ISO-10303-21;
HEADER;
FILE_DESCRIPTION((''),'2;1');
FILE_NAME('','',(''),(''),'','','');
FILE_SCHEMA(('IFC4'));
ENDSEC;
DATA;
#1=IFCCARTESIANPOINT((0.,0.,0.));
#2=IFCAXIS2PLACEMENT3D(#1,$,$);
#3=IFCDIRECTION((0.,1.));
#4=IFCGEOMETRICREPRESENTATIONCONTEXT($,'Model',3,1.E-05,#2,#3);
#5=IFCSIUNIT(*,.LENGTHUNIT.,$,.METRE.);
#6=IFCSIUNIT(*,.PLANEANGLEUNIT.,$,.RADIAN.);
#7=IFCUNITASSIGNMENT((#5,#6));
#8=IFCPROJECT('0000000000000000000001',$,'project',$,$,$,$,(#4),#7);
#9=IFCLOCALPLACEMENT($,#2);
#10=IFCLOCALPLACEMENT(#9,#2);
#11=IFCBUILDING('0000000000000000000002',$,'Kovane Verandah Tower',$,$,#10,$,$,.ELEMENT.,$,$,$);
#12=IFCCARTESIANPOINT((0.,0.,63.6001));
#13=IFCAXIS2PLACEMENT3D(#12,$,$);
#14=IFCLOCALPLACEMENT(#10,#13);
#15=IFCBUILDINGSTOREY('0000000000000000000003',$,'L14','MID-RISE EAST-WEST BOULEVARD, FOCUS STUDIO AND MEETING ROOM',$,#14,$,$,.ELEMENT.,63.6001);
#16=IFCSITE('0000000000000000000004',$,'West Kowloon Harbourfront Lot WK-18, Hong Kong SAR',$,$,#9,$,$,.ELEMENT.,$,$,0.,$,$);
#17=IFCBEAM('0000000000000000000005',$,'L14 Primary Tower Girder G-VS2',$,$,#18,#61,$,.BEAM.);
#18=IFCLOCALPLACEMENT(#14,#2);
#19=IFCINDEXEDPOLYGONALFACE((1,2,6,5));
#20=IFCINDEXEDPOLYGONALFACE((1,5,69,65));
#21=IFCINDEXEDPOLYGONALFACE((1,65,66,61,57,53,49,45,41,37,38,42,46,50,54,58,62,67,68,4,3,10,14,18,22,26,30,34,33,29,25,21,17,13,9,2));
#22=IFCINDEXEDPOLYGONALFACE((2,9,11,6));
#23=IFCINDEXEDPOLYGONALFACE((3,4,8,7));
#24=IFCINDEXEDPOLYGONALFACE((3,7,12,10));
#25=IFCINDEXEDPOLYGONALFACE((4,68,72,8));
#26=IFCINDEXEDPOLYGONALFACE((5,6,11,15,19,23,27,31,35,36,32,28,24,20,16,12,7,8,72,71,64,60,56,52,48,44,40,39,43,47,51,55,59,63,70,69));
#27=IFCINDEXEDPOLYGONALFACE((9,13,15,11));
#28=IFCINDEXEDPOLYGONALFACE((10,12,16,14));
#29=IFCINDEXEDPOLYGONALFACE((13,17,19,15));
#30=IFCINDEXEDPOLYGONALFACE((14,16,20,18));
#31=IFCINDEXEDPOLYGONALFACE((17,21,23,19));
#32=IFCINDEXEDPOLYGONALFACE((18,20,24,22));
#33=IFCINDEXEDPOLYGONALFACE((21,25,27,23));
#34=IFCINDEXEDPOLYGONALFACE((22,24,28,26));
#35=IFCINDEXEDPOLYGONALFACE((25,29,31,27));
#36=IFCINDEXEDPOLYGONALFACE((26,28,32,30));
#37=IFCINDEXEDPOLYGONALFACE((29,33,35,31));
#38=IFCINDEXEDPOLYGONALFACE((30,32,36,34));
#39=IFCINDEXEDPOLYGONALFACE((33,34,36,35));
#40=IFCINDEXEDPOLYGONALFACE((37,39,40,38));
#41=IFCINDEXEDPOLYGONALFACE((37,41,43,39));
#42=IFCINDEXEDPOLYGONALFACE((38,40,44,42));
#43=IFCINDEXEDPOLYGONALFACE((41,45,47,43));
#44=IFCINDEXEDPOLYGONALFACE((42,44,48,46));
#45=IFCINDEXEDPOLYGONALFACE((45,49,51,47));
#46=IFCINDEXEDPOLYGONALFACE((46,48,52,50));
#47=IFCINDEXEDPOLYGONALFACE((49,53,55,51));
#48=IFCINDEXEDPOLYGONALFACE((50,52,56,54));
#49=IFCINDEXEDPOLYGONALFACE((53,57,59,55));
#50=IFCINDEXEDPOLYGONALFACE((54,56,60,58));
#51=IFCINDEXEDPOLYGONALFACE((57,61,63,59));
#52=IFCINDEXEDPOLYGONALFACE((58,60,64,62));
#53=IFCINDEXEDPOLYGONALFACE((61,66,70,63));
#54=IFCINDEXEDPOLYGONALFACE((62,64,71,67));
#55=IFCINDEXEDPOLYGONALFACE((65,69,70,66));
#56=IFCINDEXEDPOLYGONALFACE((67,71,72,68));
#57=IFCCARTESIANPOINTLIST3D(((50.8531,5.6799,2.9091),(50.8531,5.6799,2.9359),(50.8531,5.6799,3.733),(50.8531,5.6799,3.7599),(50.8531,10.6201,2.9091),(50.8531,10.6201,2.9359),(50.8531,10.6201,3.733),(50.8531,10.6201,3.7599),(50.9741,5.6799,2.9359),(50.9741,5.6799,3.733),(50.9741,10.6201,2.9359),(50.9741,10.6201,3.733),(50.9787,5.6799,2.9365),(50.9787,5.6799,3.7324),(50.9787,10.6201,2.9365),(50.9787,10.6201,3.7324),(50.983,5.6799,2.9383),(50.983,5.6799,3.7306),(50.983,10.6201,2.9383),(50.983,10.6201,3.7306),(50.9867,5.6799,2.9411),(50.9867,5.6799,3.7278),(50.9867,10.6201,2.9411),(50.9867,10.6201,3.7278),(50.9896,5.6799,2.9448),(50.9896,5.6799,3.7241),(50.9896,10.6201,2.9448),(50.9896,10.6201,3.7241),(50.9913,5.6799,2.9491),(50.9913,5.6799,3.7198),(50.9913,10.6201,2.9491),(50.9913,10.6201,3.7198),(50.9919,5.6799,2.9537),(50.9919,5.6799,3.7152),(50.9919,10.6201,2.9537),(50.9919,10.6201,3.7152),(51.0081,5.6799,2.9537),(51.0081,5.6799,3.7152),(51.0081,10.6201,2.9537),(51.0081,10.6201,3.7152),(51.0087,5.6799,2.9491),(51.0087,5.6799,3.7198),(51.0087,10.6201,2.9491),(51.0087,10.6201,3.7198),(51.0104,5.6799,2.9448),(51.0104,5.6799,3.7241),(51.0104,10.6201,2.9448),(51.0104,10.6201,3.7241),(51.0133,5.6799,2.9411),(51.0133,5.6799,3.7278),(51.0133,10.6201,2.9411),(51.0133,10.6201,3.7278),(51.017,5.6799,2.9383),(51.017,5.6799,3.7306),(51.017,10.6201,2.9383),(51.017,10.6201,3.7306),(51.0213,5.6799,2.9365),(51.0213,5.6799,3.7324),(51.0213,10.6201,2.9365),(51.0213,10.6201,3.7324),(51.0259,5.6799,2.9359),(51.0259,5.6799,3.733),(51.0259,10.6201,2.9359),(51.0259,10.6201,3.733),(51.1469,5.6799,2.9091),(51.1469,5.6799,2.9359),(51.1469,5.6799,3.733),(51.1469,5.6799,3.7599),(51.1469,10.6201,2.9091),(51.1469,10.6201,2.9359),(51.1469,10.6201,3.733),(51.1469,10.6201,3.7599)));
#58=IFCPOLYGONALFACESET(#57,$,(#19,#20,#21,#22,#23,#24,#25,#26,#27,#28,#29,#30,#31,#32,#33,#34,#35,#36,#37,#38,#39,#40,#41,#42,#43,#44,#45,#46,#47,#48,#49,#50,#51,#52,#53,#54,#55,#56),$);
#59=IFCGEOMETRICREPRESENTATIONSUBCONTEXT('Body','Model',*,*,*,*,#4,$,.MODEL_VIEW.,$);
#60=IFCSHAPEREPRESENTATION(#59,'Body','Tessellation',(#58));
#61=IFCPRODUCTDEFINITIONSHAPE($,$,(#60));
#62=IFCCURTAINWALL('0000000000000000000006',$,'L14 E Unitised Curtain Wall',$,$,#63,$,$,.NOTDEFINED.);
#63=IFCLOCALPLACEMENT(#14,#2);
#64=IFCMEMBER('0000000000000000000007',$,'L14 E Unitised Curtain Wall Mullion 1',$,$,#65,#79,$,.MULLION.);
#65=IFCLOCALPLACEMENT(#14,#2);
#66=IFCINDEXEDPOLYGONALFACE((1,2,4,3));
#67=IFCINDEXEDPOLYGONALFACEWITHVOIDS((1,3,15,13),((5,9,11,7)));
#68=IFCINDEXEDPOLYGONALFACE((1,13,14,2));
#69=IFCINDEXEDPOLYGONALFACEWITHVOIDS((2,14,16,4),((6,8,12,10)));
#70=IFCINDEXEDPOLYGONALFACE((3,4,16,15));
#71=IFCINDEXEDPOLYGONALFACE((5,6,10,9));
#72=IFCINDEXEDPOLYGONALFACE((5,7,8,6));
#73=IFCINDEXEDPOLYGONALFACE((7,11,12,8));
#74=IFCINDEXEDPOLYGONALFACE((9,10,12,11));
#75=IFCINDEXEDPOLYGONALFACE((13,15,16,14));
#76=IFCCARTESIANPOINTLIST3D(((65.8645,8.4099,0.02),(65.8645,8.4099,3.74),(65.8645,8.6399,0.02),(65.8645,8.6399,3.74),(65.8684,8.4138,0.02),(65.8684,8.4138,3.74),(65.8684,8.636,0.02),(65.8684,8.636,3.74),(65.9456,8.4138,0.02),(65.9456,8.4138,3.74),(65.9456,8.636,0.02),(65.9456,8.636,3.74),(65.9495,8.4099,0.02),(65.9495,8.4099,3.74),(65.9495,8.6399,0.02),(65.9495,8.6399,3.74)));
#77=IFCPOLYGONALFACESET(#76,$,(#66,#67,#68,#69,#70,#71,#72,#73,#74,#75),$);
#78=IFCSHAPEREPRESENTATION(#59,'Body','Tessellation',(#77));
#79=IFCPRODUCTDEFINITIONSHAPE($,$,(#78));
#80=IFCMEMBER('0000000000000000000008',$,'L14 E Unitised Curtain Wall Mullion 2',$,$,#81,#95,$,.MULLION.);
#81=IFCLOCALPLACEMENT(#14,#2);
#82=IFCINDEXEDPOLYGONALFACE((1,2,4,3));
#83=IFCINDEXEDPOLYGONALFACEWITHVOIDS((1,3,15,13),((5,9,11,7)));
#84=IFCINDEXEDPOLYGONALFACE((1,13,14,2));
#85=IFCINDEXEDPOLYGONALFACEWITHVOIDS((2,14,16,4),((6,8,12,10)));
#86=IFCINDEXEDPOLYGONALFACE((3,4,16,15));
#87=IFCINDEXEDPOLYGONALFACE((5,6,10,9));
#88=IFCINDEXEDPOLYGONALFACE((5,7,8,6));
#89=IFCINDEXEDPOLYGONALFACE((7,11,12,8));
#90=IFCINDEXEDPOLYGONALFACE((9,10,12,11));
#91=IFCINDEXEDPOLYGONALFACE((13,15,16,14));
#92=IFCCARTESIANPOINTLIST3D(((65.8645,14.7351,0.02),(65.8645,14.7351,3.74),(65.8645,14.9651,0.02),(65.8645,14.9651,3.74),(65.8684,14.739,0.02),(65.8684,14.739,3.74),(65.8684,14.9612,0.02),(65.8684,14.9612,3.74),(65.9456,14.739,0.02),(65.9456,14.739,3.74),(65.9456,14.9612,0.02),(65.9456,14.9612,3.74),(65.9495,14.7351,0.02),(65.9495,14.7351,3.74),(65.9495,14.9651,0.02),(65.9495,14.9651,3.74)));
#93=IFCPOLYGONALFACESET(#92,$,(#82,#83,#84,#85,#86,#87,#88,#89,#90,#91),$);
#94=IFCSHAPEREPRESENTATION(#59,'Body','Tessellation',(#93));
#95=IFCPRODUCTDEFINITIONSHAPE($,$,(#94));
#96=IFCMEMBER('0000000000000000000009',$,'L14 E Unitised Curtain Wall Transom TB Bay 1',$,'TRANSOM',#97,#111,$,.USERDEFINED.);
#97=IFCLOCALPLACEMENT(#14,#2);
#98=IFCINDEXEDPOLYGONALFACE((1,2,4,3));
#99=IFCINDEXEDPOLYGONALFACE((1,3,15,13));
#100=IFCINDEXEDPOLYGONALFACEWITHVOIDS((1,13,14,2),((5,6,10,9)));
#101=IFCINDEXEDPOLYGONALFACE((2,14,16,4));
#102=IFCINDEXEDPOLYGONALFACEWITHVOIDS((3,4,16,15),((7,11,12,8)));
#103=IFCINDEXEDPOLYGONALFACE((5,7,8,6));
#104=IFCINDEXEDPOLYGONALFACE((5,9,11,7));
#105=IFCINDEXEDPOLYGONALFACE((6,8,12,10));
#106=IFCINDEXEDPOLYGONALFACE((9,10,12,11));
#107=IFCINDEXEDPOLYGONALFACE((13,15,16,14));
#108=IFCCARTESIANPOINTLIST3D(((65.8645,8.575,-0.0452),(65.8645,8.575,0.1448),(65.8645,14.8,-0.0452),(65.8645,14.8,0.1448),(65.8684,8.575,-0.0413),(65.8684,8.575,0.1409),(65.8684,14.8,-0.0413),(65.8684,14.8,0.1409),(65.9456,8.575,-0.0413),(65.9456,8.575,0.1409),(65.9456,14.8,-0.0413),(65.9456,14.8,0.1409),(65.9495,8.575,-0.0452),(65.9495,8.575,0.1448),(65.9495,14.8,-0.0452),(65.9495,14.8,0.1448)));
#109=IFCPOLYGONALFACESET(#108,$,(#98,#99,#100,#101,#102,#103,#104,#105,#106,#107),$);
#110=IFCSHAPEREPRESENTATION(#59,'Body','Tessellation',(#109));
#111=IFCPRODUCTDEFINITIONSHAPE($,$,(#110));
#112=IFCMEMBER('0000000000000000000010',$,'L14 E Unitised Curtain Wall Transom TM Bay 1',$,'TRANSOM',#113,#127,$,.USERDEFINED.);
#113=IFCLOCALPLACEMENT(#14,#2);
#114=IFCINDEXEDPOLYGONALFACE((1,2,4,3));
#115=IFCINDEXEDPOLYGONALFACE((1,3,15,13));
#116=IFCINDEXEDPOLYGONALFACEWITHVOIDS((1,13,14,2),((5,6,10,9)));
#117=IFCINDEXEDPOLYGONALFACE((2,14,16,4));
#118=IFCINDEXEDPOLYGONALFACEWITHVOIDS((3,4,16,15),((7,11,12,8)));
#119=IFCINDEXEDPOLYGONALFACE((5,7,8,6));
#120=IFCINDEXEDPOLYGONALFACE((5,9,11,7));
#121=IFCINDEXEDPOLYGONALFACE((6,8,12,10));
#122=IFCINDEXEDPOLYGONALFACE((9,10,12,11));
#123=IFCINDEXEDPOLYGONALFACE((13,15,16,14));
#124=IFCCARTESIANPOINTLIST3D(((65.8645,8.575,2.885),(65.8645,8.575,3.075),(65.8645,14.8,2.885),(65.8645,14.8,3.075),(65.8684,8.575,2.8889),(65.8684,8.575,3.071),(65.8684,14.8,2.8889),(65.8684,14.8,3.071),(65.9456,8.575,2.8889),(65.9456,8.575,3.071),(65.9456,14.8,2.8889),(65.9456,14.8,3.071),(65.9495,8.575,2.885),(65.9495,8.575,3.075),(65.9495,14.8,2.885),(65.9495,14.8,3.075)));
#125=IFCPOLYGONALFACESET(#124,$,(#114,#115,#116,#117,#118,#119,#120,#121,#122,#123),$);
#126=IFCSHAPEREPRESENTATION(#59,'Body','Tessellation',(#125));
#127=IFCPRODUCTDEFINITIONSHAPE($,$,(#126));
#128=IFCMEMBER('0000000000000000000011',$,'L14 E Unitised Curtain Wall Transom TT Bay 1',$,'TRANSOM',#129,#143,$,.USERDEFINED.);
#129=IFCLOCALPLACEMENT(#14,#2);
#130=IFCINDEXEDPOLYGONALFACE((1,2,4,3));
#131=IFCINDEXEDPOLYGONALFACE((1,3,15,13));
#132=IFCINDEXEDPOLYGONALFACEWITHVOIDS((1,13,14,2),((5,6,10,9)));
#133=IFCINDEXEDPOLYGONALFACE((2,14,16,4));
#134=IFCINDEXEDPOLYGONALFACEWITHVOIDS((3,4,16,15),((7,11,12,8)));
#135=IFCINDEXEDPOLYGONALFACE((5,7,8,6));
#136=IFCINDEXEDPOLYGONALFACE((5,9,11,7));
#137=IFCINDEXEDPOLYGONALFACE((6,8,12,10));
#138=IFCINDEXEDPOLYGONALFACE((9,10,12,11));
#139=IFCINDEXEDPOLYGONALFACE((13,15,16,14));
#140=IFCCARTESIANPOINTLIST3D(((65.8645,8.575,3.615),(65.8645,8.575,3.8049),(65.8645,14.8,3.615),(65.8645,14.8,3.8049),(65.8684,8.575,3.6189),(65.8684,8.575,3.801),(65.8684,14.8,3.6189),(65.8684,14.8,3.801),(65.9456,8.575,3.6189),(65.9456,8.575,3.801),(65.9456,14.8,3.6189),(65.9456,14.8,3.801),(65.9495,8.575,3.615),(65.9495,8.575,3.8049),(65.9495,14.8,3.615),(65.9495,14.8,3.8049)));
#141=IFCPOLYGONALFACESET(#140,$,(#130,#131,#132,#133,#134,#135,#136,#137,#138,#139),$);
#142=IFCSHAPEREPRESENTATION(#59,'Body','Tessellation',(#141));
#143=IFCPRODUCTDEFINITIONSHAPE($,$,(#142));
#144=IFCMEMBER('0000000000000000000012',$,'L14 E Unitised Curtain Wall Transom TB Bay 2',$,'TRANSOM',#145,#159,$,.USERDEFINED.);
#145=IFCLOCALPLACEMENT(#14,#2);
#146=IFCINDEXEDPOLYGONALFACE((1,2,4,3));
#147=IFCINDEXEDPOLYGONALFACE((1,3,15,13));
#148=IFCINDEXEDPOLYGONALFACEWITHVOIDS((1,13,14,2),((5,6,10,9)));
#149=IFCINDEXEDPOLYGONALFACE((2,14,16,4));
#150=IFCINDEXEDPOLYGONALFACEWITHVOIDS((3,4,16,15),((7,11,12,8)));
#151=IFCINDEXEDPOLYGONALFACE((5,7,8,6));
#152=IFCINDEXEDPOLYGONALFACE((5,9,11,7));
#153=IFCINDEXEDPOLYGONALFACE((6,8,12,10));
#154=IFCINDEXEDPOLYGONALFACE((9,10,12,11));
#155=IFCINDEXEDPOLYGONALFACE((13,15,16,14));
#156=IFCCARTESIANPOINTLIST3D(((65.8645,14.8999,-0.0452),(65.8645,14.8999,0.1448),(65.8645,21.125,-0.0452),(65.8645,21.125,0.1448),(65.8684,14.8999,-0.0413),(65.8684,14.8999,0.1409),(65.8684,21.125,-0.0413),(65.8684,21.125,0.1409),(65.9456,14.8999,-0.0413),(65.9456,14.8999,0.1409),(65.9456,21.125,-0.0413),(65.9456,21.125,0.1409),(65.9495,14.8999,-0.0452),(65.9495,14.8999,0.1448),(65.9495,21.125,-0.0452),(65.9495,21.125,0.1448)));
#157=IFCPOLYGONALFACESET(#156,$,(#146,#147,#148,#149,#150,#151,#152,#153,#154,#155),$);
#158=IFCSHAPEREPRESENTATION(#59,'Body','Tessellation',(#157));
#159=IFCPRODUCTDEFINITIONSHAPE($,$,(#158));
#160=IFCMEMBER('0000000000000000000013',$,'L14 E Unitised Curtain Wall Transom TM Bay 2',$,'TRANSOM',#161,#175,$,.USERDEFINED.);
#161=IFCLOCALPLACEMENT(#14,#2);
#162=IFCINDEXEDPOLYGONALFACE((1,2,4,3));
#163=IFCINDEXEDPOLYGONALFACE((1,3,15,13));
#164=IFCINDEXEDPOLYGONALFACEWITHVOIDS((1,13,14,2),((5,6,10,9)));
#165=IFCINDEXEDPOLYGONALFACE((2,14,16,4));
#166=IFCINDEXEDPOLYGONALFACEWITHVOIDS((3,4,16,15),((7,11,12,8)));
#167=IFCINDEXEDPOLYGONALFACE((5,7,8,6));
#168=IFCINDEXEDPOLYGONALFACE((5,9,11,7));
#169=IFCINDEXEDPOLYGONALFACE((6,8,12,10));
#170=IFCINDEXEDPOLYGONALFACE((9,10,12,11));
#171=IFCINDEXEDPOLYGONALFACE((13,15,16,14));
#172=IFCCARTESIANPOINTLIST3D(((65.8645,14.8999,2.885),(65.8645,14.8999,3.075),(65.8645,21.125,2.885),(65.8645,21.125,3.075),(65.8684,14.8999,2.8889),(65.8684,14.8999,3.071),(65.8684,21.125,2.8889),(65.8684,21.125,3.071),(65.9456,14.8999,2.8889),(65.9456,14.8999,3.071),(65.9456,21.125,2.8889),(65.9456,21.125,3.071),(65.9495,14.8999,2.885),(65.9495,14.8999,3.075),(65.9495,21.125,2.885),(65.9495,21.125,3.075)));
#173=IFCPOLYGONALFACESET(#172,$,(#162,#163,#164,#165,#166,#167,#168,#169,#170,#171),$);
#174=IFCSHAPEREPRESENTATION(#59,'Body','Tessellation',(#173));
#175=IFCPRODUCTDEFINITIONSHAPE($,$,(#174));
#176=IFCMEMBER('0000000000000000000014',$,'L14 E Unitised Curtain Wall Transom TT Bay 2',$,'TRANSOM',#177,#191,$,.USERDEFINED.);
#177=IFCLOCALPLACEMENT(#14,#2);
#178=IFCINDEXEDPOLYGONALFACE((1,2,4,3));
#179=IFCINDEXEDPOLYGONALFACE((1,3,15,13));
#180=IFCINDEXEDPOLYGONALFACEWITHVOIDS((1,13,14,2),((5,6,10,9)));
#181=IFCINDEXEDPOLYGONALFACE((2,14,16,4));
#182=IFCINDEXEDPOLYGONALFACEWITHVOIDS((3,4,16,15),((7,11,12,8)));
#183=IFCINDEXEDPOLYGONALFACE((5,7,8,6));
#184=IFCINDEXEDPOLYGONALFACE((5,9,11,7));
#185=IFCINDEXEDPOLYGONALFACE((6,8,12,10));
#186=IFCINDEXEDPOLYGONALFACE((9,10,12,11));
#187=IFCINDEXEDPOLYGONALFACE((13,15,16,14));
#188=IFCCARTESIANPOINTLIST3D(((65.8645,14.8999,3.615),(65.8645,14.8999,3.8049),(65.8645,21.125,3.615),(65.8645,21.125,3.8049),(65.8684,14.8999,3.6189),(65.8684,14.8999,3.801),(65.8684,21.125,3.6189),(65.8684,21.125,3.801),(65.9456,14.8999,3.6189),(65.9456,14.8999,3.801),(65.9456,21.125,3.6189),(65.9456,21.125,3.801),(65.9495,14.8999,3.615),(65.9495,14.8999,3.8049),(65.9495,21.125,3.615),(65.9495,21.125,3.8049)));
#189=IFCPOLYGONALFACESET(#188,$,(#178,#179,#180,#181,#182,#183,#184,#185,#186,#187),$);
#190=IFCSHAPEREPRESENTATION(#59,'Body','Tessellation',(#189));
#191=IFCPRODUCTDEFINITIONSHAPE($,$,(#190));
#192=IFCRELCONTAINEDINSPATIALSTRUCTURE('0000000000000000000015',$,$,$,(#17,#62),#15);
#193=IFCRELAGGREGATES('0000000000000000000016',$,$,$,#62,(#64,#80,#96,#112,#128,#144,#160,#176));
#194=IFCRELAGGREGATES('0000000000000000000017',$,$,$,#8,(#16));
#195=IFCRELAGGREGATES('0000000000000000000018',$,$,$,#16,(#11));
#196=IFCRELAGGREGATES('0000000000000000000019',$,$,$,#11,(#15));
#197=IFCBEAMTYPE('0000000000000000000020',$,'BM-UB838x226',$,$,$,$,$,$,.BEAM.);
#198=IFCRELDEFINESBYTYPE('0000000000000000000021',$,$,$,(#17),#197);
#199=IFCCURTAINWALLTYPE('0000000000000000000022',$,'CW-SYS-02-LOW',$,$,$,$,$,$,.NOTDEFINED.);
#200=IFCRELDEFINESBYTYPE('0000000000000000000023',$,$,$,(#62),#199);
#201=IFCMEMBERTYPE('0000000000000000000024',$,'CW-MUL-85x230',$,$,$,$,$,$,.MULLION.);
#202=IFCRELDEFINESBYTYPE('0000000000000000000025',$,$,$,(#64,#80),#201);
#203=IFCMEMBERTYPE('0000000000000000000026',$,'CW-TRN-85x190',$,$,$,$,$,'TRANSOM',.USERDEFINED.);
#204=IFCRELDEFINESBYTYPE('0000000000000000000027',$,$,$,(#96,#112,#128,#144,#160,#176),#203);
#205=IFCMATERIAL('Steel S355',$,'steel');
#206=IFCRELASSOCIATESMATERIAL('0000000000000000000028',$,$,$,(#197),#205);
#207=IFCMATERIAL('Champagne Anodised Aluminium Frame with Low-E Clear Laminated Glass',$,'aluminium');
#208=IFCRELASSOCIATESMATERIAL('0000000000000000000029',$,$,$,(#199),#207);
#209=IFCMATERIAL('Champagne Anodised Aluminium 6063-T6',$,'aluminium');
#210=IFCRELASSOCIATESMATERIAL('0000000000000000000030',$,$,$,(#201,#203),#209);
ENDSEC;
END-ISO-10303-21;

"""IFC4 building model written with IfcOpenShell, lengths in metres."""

from ifc_helpers import new_model, si_unit, direction, frame, origin, origin_2d, place, context, subcontext, project, spatial, hollow_rectangle, i_section, extrude, material, material_profile, profile_set, type_object, element, aggregate, save


model = new_model("IFC4")

# Units and contexts
model_context = context("Model", 3, precision=1e-05, world=origin(), true_north=direction((0.0, 1.0)))
body_context = subcontext(model_context, "Body", "Model", "MODEL_VIEW")
ifc_project = project(units=[si_unit("LENGTHUNIT", "METRE"), si_unit("PLANEANGLEUNIT", "RADIAN")], contexts=[model_context])

# Site, building, storey
site_placement = place(None, origin())
site = spatial("IfcSite", under=ifc_project, at=site_placement, Name="West Kowloon Harbourfront Lot WK-18, Hong Kong SAR", CompositionType="ELEMENT", RefElevation=0.0)
building_placement = place(site_placement, origin())
building = spatial("IfcBuilding", under=site, at=building_placement, Name="Kovane Verandah Tower", CompositionType="ELEMENT")
storey_placement = place(building_placement, frame((0.0, 0.0, 63.6001)))
storey = spatial("IfcBuildingStorey", under=building, at=storey_placement, Name="L14", Description="MID-RISE EAST-WEST BOULEVARD, FOCUS STUDIO AND MEETING ROOM", CompositionType="ELEMENT", Elevation=63.6001)

# Beam
ifc_material_1 = material(Name="Steel S355", Category="steel")
ifc_material_profile_1 = material_profile(ifc_material_1, i_section(OverallWidth=0.2937, OverallDepth=0.8508, WebThickness=0.0161, FlangeThickness=0.0269, FilletRadius=0.0178, at=origin_2d()), Name="UB838x292x226")
ifc_profile_set_1 = profile_set([ifc_material_profile_1], Name="Steel S355")
beam_type_1 = type_object("IfcBeamType", Name="BM-UB838x226", PredefinedType="BEAM", material=ifc_profile_set_1)
beam_1_placement = place(storey_placement, frame((51.0, 10.6201, 3.3345), z_axis=(0.0, -1.0, 0.0), x_axis=(1.0, 0.0, 0.0)))
element("IfcBeam", 1, at=beam_1_placement, inside=storey, type_object=beam_type_1, Name="L14 Primary Tower Girder G-VS2", PredefinedType="BEAM", context=body_context, shape_type="SweptSolid", body=[
    extrude(i_section(OverallWidth=0.2937, OverallDepth=0.8508, WebThickness=0.0161, FlangeThickness=0.0269, FilletRadius=0.0178, at=origin_2d()), origin(), (0.0, 0.0, 1.0), 4.9402),
])

# Curtain wall, members
ifc_material_2 = material(Name="Champagne Anodised Aluminium Frame with Low-E Clear Laminated Glass", Category="aluminium")
curtain_wall_type = type_object("IfcCurtainWallType", Name="CW-SYS-02-LOW", PredefinedType="NOTDEFINED", material=ifc_material_2)
curtain_wall_placement = place(storey_placement, origin())
curtain_wall = element("IfcCurtainWall", 2, at=curtain_wall_placement, inside=storey, type_object=curtain_wall_type, Name="L14 E Unitised Curtain Wall", PredefinedType="NOTDEFINED")
ifc_material_3 = material(Name="Champagne Anodised Aluminium 6063-T6", Category="aluminium")
ifc_material_profile_2 = material_profile(ifc_material_3, hollow_rectangle(XDim=0.085, YDim=0.23, WallThickness=0.0039, at=origin_2d()), Name="AL85x230x4")
ifc_profile_set_2 = profile_set([ifc_material_profile_2], Name="Champagne Anodised Aluminium 6063-T6")
member_type_1 = type_object("IfcMemberType", Name="CW-MUL-85x230", PredefinedType="MULLION", material=ifc_profile_set_2)
member_1_placement = place(storey_placement, frame((65.907, 8.5249, 0.02), z_axis=(0.0, 0.0, 1.0), x_axis=(1.0, 0.0, 0.0)))
member_1 = element("IfcMember", 3, at=member_1_placement, type_object=member_type_1, Name="L14 E Unitised Curtain Wall Mullion 1", PredefinedType="MULLION", context=body_context, shape_type="SweptSolid", body=[
    extrude(hollow_rectangle(XDim=0.085, YDim=0.23, WallThickness=0.0039, at=origin_2d()), origin(), (0.0, 0.0, 1.0), 3.72),
])
member_2_placement = place(storey_placement, frame((65.907, 14.8501, 0.02), z_axis=(0.0, 0.0, 1.0), x_axis=(1.0, 0.0, 0.0)))
member_2 = element("IfcMember", 4, at=member_2_placement, type_object=member_type_1, Name="L14 E Unitised Curtain Wall Mullion 2", PredefinedType="MULLION", context=body_context, shape_type="SweptSolid", body=[
    extrude(hollow_rectangle(XDim=0.085, YDim=0.23, WallThickness=0.0039, at=origin_2d()), origin(), (0.0, 0.0, 1.0), 3.72),
])
ifc_material_profile_3 = material_profile(ifc_material_3, hollow_rectangle(XDim=0.085, YDim=0.1899, WallThickness=0.0039, at=origin_2d()), Name="AL85x190x4")
ifc_profile_set_3 = profile_set([ifc_material_profile_3], Name="Champagne Anodised Aluminium 6063-T6")
member_type_2 = type_object("IfcMemberType", Name="CW-TRN-85x190", ElementType="TRANSOM", PredefinedType="USERDEFINED", material=ifc_profile_set_3)
member_3_placement = place(storey_placement, frame((65.907, 8.575, 0.0498), z_axis=(0.0, 1.0, 0.0), x_axis=(-1.0, 0.0, 0.0)))
member_3 = element("IfcMember", 5, at=member_3_placement, type_object=member_type_2, Name="L14 E Unitised Curtain Wall Transom TB Bay 1", ObjectType="TRANSOM", PredefinedType="USERDEFINED", context=body_context, shape_type="SweptSolid", body=[
    extrude(hollow_rectangle(XDim=0.085, YDim=0.1899, WallThickness=0.0039, at=origin_2d()), origin(), (0.0, 0.0, 1.0), 6.2251),
])
member_4_placement = place(storey_placement, frame((65.907, 8.575, 2.98), z_axis=(0.0, 1.0, 0.0), x_axis=(-1.0, 0.0, 0.0)))
member_4 = element("IfcMember", 6, at=member_4_placement, type_object=member_type_2, Name="L14 E Unitised Curtain Wall Transom TM Bay 1", ObjectType="TRANSOM", PredefinedType="USERDEFINED", context=body_context, shape_type="SweptSolid", body=[
    extrude(hollow_rectangle(XDim=0.085, YDim=0.1899, WallThickness=0.0039, at=origin_2d()), origin(), (0.0, 0.0, 1.0), 6.2251),
])
member_5_placement = place(storey_placement, frame((65.907, 8.575, 3.71), z_axis=(0.0, 1.0, 0.0), x_axis=(-1.0, 0.0, 0.0)))
member_5 = element("IfcMember", 7, at=member_5_placement, type_object=member_type_2, Name="L14 E Unitised Curtain Wall Transom TT Bay 1", ObjectType="TRANSOM", PredefinedType="USERDEFINED", context=body_context, shape_type="SweptSolid", body=[
    extrude(hollow_rectangle(XDim=0.085, YDim=0.1899, WallThickness=0.0039, at=origin_2d()), origin(), (0.0, 0.0, 1.0), 6.2251),
])
member_6_placement = place(storey_placement, frame((65.907, 14.8999, 0.0498), z_axis=(0.0, 1.0, 0.0), x_axis=(-1.0, 0.0, 0.0)))
member_6 = element("IfcMember", 8, at=member_6_placement, type_object=member_type_2, Name="L14 E Unitised Curtain Wall Transom TB Bay 2", ObjectType="TRANSOM", PredefinedType="USERDEFINED", context=body_context, shape_type="SweptSolid", body=[
    extrude(hollow_rectangle(XDim=0.085, YDim=0.1899, WallThickness=0.0039, at=origin_2d()), origin(), (0.0, 0.0, 1.0), 6.2251),
])
member_7_placement = place(storey_placement, frame((65.907, 14.8999, 2.98), z_axis=(0.0, 1.0, 0.0), x_axis=(-1.0, 0.0, 0.0)))
member_7 = element("IfcMember", 9, at=member_7_placement, type_object=member_type_2, Name="L14 E Unitised Curtain Wall Transom TM Bay 2", ObjectType="TRANSOM", PredefinedType="USERDEFINED", context=body_context, shape_type="SweptSolid", body=[
    extrude(hollow_rectangle(XDim=0.085, YDim=0.1899, WallThickness=0.0039, at=origin_2d()), origin(), (0.0, 0.0, 1.0), 6.2251),
])
member_8_placement = place(storey_placement, frame((65.907, 14.8999, 3.71), z_axis=(0.0, 1.0, 0.0), x_axis=(-1.0, 0.0, 0.0)))
member_8 = element("IfcMember", 10, at=member_8_placement, type_object=member_type_2, Name="L14 E Unitised Curtain Wall Transom TT Bay 2", ObjectType="TRANSOM", PredefinedType="USERDEFINED", context=body_context, shape_type="SweptSolid", body=[
    extrude(hollow_rectangle(XDim=0.085, YDim=0.1899, WallThickness=0.0039, at=origin_2d()), origin(), (0.0, 0.0, 1.0), 6.2251),
])

aggregate(curtain_wall, [member_1, member_2, member_3, member_4, member_5, member_6, member_7, member_8])

save(model, "model.ifc")
